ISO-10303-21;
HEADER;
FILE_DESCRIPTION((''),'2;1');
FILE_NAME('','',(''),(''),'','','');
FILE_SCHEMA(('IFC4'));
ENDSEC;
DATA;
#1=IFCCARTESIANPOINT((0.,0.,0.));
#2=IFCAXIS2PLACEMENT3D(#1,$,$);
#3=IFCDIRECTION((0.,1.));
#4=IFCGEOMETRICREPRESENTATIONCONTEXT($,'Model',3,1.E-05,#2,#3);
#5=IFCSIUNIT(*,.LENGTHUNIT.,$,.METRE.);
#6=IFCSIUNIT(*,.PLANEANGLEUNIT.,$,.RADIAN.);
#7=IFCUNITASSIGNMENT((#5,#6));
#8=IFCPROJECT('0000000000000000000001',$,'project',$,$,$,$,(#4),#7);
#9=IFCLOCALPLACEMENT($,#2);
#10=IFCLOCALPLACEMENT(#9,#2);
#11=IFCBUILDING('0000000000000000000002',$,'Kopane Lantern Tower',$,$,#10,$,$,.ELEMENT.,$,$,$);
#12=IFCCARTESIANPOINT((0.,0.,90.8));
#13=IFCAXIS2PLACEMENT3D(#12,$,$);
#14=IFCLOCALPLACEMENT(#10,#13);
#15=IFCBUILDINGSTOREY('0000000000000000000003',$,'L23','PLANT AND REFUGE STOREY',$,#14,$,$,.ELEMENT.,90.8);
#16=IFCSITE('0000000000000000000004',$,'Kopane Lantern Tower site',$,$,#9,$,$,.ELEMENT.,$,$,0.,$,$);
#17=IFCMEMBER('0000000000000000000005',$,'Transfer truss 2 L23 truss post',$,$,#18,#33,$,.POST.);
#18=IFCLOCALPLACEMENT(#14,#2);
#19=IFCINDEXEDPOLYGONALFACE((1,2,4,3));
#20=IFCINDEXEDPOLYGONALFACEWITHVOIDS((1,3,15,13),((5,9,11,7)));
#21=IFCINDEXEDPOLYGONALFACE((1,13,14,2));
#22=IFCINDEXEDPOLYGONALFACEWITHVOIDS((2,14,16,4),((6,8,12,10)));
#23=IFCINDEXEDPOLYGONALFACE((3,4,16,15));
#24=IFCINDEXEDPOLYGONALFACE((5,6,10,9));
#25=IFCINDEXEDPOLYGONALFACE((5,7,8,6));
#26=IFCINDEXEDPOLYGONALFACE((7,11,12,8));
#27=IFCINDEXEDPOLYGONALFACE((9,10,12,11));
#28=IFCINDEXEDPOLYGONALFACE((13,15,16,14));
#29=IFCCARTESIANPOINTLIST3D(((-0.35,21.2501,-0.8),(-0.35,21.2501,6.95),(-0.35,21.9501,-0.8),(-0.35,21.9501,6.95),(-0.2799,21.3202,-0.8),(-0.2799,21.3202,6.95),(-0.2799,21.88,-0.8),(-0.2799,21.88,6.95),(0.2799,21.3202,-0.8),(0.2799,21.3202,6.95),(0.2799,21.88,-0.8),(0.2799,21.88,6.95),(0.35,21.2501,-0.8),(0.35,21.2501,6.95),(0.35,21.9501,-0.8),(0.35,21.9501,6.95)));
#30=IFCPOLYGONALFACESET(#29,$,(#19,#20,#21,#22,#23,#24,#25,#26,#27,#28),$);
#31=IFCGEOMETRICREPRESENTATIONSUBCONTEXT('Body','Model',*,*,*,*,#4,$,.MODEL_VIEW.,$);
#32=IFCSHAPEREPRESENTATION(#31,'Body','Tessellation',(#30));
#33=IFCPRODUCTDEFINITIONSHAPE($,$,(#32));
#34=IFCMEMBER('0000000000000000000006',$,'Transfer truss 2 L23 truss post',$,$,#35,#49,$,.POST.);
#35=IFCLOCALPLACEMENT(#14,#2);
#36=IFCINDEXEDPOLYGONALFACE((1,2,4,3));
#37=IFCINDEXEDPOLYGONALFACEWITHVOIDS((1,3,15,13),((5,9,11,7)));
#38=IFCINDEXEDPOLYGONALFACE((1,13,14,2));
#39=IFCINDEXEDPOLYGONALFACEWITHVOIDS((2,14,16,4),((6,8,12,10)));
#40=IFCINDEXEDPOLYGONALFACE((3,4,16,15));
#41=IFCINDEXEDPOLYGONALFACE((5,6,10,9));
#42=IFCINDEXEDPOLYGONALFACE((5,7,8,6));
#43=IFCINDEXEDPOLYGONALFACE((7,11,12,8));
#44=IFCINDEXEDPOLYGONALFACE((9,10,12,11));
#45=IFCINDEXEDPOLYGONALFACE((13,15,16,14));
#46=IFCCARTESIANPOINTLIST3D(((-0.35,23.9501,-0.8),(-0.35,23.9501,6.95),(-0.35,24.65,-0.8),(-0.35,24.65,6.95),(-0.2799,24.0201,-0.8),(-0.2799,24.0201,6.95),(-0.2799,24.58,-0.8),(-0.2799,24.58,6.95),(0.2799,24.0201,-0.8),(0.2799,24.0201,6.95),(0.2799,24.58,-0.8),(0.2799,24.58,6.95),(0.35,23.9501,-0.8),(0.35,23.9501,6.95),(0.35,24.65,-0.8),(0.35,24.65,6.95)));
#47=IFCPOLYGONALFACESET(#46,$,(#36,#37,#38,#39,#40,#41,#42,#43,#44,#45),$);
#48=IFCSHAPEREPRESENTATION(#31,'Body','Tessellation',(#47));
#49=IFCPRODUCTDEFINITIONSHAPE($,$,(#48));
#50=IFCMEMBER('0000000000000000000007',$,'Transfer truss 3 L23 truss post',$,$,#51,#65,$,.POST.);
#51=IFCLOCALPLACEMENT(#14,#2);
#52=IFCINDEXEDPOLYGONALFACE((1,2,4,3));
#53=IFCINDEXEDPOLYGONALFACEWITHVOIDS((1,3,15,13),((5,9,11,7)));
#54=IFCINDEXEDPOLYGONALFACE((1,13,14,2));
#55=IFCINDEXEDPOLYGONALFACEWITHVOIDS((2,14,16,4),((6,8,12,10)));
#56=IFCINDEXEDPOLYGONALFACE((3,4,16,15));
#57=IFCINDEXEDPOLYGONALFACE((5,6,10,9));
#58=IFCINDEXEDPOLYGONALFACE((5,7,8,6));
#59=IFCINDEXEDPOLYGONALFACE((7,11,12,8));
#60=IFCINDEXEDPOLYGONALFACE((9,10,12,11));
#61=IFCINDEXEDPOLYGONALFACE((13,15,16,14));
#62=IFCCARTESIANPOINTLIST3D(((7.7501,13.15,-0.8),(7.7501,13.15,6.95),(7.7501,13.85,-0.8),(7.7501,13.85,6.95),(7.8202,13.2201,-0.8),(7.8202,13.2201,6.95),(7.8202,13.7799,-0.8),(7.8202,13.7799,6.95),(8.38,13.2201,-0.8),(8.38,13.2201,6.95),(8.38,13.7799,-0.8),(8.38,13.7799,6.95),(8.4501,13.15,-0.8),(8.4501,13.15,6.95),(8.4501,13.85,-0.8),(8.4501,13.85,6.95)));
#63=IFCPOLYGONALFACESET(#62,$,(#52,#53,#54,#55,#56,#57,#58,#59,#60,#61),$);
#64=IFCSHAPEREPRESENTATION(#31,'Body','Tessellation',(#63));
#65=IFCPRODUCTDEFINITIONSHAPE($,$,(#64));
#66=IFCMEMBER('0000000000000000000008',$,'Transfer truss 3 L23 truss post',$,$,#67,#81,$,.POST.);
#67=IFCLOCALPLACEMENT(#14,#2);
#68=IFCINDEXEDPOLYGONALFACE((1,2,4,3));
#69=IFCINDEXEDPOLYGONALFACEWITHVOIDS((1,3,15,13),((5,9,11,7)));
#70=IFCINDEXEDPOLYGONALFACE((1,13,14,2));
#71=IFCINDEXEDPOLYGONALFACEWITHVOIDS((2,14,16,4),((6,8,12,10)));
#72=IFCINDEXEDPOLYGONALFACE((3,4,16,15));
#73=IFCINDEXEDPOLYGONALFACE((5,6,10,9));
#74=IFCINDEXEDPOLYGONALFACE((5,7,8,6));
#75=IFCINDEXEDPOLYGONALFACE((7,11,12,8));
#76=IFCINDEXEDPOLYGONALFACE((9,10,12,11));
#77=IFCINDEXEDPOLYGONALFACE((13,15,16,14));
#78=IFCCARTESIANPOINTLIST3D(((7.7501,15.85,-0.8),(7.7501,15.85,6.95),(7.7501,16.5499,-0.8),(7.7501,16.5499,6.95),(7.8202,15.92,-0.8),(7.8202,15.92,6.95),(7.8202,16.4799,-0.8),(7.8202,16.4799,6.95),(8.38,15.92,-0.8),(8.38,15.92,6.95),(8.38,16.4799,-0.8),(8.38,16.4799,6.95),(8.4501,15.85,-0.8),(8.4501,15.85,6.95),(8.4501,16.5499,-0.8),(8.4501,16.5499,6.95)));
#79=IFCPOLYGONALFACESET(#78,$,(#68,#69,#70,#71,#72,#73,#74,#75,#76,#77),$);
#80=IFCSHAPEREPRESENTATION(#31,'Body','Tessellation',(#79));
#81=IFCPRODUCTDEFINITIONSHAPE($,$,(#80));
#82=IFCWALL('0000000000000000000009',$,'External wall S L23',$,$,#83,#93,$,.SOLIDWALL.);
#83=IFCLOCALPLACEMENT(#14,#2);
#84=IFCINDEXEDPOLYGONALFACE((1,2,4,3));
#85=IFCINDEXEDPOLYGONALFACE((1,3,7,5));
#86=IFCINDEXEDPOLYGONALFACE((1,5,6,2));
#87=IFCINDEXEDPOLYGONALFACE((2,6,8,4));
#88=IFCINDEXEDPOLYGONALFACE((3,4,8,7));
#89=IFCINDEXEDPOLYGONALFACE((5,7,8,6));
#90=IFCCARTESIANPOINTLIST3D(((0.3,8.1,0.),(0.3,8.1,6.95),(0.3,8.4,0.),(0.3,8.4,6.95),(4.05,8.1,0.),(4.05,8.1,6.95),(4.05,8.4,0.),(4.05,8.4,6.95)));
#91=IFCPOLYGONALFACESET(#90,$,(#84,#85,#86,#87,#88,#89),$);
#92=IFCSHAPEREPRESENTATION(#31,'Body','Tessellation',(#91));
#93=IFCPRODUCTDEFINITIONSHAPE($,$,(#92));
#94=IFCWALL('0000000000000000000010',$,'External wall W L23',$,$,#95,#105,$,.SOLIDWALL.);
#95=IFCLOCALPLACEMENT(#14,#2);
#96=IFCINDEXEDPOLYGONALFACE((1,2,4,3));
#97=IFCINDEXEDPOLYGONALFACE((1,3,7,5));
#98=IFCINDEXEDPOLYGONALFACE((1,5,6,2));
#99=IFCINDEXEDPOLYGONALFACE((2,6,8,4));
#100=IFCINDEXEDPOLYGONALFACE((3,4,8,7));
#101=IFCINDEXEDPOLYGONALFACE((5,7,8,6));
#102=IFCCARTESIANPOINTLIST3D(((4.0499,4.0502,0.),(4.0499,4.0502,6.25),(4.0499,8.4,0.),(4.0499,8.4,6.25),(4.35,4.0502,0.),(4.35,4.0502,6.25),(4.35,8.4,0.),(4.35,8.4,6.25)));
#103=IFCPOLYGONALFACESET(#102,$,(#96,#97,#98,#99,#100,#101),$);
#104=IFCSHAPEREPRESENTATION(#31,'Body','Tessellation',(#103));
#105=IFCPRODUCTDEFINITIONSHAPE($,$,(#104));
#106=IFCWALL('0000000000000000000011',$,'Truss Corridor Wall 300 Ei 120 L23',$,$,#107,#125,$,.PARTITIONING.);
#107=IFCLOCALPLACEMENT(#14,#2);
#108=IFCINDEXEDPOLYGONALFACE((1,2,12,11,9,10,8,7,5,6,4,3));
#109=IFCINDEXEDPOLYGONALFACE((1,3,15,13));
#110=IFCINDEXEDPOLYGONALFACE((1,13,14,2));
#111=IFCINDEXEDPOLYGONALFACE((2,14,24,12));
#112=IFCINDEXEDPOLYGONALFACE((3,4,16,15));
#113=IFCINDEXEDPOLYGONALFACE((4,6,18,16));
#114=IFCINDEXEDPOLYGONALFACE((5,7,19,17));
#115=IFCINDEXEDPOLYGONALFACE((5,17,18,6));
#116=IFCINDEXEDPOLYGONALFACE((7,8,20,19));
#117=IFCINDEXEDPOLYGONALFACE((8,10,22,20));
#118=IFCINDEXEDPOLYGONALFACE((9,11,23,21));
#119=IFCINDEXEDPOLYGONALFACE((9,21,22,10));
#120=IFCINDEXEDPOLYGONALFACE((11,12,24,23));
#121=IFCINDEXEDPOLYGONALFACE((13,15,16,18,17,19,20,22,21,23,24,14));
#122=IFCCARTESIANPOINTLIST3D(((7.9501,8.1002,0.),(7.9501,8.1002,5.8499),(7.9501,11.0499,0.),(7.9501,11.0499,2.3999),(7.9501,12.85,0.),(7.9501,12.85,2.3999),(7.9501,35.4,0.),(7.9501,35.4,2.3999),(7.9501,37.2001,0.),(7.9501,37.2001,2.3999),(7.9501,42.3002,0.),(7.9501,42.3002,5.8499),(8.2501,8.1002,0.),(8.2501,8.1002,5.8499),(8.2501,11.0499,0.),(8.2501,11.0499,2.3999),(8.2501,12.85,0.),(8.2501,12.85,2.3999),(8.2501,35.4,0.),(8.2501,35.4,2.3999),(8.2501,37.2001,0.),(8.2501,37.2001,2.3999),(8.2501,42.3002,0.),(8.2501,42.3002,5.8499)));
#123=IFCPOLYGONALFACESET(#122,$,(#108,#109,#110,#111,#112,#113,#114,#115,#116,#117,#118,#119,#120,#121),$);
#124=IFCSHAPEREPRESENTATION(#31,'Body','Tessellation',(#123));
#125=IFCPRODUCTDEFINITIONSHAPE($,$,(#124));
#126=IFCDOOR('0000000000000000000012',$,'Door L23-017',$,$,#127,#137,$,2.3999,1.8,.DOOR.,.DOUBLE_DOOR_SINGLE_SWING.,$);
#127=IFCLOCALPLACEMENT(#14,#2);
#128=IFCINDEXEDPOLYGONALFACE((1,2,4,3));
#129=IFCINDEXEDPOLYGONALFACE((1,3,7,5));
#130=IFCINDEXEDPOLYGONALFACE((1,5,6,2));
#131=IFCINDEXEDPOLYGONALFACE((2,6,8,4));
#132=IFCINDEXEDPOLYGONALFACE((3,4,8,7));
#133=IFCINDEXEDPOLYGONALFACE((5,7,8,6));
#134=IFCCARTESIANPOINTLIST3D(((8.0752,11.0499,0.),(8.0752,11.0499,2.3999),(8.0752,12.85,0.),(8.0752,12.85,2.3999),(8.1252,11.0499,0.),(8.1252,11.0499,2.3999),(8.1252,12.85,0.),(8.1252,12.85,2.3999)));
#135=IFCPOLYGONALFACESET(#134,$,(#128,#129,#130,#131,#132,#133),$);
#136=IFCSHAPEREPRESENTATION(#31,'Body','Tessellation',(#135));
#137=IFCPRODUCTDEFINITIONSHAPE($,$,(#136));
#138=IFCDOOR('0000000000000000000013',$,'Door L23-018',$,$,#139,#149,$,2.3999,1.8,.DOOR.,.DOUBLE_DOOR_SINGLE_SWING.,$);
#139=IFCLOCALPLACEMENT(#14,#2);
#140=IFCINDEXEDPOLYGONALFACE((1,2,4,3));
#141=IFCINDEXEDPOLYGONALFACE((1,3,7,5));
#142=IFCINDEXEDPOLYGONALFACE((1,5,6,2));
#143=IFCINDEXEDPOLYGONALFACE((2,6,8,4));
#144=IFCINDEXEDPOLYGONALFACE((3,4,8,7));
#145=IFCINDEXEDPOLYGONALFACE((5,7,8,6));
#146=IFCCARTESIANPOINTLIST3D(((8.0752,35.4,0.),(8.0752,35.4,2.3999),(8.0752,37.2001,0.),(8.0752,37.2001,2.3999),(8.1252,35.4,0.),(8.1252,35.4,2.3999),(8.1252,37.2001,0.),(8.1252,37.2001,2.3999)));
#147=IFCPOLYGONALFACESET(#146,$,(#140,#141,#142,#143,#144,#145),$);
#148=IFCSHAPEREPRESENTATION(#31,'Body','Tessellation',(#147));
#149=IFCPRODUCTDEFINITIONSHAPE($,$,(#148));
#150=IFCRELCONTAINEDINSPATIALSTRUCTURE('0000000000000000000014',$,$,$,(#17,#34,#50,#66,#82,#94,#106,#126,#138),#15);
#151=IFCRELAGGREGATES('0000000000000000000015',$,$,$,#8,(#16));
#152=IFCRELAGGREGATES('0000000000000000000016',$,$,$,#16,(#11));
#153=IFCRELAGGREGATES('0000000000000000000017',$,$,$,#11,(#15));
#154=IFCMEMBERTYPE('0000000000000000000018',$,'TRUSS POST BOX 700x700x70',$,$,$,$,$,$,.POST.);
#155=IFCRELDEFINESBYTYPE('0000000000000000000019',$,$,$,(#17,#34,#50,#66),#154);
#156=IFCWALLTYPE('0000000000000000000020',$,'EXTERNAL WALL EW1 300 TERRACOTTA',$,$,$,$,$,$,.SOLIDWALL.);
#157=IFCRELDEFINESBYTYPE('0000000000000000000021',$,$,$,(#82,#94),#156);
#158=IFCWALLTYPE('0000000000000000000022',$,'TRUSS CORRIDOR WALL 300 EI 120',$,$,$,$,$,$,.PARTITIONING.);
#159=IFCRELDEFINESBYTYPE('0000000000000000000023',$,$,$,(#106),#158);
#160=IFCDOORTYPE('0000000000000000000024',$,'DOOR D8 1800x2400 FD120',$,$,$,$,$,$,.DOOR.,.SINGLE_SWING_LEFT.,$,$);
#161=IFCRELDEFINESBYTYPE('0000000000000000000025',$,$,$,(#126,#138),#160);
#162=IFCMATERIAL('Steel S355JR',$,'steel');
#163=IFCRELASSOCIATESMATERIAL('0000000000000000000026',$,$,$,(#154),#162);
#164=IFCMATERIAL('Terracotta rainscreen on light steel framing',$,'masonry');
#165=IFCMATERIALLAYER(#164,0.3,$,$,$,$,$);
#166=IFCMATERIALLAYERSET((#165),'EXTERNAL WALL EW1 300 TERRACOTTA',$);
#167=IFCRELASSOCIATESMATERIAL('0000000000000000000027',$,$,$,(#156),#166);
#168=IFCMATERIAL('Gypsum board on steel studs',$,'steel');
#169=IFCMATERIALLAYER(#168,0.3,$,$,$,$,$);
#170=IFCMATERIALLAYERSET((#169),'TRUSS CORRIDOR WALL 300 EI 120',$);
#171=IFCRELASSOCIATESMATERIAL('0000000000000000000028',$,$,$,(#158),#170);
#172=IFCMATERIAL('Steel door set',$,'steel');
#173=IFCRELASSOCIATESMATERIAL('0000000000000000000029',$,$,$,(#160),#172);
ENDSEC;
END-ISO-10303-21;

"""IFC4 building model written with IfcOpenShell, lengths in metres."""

from ifc_helpers import new_model, si_unit, direction, frame, frame_2d, origin, origin_2d, place, context, subcontext, project, spatial, rectangle, hollow_rectangle, extrude, material, layer, layer_set, material_profile, profile_set, type_object, element, fill, save


model = new_model("IFC4")

# Units and contexts
model_context = context("Model", 3, precision=1e-05, world=origin(), true_north=direction((0.0, 1.0)))
body_context = subcontext(model_context, "Body", "Model", "MODEL_VIEW")
ifc_project = project(units=[si_unit("LENGTHUNIT", "METRE"), si_unit("PLANEANGLEUNIT", "RADIAN")], contexts=[model_context])

# Site, building, storey
site_placement = place(None, origin())
site = spatial("IfcSite", under=ifc_project, at=site_placement, Name="Kopane Lantern Tower site", CompositionType="ELEMENT", RefElevation=0.0)
building_placement = place(site_placement, origin())
building = spatial("IfcBuilding", under=site, at=building_placement, Name="Kopane Lantern Tower", CompositionType="ELEMENT")
storey_placement = place(building_placement, frame((0.0, 0.0, 90.8)))
storey = spatial("IfcBuildingStorey", under=building, at=storey_placement, Name="L23", Description="PLANT AND REFUGE STOREY", CompositionType="ELEMENT", Elevation=90.8)

# Members
ifc_material_1 = material(Name="Steel S355JR", Category="steel")
ifc_material_profile_1 = material_profile(ifc_material_1, hollow_rectangle(XDim=0.7, YDim=0.7, WallThickness=0.0701, at=origin_2d()), Name="BOX 700x700x70")
ifc_profile_set_1 = profile_set([ifc_material_profile_1], Name="Steel S355JR")
member_type_1 = type_object("IfcMemberType", Name="TRUSS POST BOX 700x700x70", PredefinedType="POST", material=ifc_profile_set_1)
for number, where, z_axis, x_axis, name in (
    (1, (0.0, 21.6001, -0.8), (0.0, 0.0, 1.0), (1.0, 0.0, 0.0), "Transfer truss 2 L23 truss post"),
    (2, (0.0, 24.3, -0.8), (0.0, 0.0, 1.0), (1.0, 0.0, 0.0), "Transfer truss 2 L23 truss post"),
    (3, (8.1001, 13.5, -0.8), (0.0, 0.0, 1.0), (1.0, 0.0, 0.0), "Transfer truss 3 L23 truss post"),
    (4, (8.1001, 16.2, -0.8), (0.0, 0.0, 1.0), (1.0, 0.0, 0.0), "Transfer truss 3 L23 truss post"),
):
    element("IfcMember", number, at=place(storey_placement, frame(where, z_axis=z_axis, x_axis=x_axis)), inside=storey, type_object=member_type_1, Name=name, PredefinedType="POST", context=body_context, shape_type="SweptSolid", body=[
        extrude(hollow_rectangle(XDim=0.7, YDim=0.7, WallThickness=0.0701, at=origin_2d()), origin(), (0.0, 0.0, 1.0), 7.75),
    ])

# Walls
ifc_material_2 = material(Name="Terracotta rainscreen on light steel framing", Category="masonry")
ifc_layer_1 = layer(ifc_material_2, 0.3)
ifc_layer_set_1 = layer_set([ifc_layer_1], Name="EXTERNAL WALL EW1 300 TERRACOTTA")
wall_type_1 = type_object("IfcWallType", Name="EXTERNAL WALL EW1 300 TERRACOTTA", PredefinedType="SOLIDWALL", material=ifc_layer_set_1)
wall_1_placement = place(storey_placement, frame((0.3, 8.25, 0.0), z_axis=(0.0, 0.0, 1.0), x_axis=(1.0, 0.0, 0.0)))
element("IfcWall", 5, at=wall_1_placement, inside=storey, type_object=wall_type_1, Name="External wall S L23", PredefinedType="SOLIDWALL", context=body_context, shape_type="SweptSolid", body=[
    extrude(rectangle(XDim=3.75, YDim=0.3, at=frame_2d((1.875, 0.0))), origin(), (0.0, 0.0, 1.0), 6.95),
])
wall_2_placement = place(storey_placement, frame((4.2, 8.3999, 0.0), z_axis=(0.0, 0.0, 1.0), x_axis=(0.0, -1.0, 0.0)))
element("IfcWall", 6, at=wall_2_placement, inside=storey, type_object=wall_type_1, Name="External wall W L23", PredefinedType="SOLIDWALL", context=body_context, shape_type="SweptSolid", body=[
    extrude(rectangle(XDim=4.3499, YDim=0.3, at=frame_2d((2.1748, 0.0))), origin(), (0.0, 0.0, 1.0), 6.25),
])

# Wall, openings, doors
ifc_material_3 = material(Name="Gypsum board on steel studs", Category="steel")
ifc_layer_2 = layer(ifc_material_3, 0.3)
ifc_layer_set_2 = layer_set([ifc_layer_2], Name="TRUSS CORRIDOR WALL 300 EI 120")
wall_type_2 = type_object("IfcWallType", Name="TRUSS CORRIDOR WALL 300 EI 120", PredefinedType="PARTITIONING", material=ifc_layer_set_2)
wall_3_placement = place(storey_placement, frame((8.1001, 8.1001, 0.0), z_axis=(0.0, 0.0, 1.0), x_axis=(0.0, 1.0, 0.0)))
wall_3 = element("IfcWall", 7, at=wall_3_placement, inside=storey, type_object=wall_type_2, Name="Truss Corridor Wall 300 Ei 120 L23", PredefinedType="PARTITIONING", context=body_context, shape_type="SweptSolid", body=[
    extrude(rectangle(XDim=34.2, YDim=0.3, at=frame_2d((17.1001, 0.0))), origin(), (0.0, 0.0, 1.0), 5.8499),
])
opening_1_placement = place(wall_3_placement, frame((2.95, 0.0, 0.0)))
opening_1 = element("IfcOpeningElement", 8, at=opening_1_placement, cuts=wall_3, PredefinedType="OPENING", context=body_context, shape_type="SweptSolid", body=[
    extrude(rectangle(XDim=1.8, YDim=2.3999, at=frame_2d((0.8999, 1.2))), frame((0.0, 0.1599, 0.0), z_axis=(0.0, -1.0, 0.0), x_axis=(1.0, 0.0, 0.0)), (0.0, 0.0, 1.0), 0.3201),
])
opening_2_placement = place(wall_3_placement, frame((27.3, 0.0, 0.0)))
opening_2 = element("IfcOpeningElement", 9, at=opening_2_placement, cuts=wall_3, PredefinedType="OPENING", context=body_context, shape_type="SweptSolid", body=[
    extrude(rectangle(XDim=1.8, YDim=2.3999, at=frame_2d((0.8999, 1.2))), frame((0.0, 0.1599, 0.0), z_axis=(0.0, -1.0, 0.0), x_axis=(1.0, 0.0, 0.0)), (0.0, 0.0, 1.0), 0.3201),
])
ifc_material_4 = material(Name="Steel door set", Category="steel")
door_type = type_object("IfcDoorType", Name="DOOR D8 1800x2400 FD120", OperationType="SINGLE_SWING_LEFT", PredefinedType="DOOR", material=ifc_material_4)
door_1_placement = place(opening_1_placement, origin())
door_1 = element("IfcDoor", 10, at=door_1_placement, inside=storey, type_object=door_type, Name="Door L23-017", OperationType="DOUBLE_DOOR_SINGLE_SWING", OverallHeight=2.3999, OverallWidth=1.8, PredefinedType="DOOR", context=body_context, shape_type="SweptSolid", body=[
    extrude(rectangle(XDim=1.8, YDim=2.3999, at=frame_2d((0.8999, 1.2))), frame((0.0, 0.0249, 0.0), z_axis=(0.0, -1.0, 0.0), x_axis=(1.0, 0.0, 0.0)), (0.0, 0.0, 1.0), 0.05),
])
fill(opening_1, door_1)
door_2_placement = place(opening_2_placement, origin())
door_2 = element("IfcDoor", 11, at=door_2_placement, inside=storey, type_object=door_type, Name="Door L23-018", OperationType="DOUBLE_DOOR_SINGLE_SWING", OverallHeight=2.3999, OverallWidth=1.8, PredefinedType="DOOR", context=body_context, shape_type="SweptSolid", body=[
    extrude(rectangle(XDim=1.8, YDim=2.3999, at=frame_2d((0.8999, 1.2))), frame((0.0, 0.0249, 0.0), z_axis=(0.0, -1.0, 0.0), x_axis=(1.0, 0.0, 0.0)), (0.0, 0.0, 1.0), 0.05),
])
fill(opening_2, door_2)

save(model, "model.ifc")
